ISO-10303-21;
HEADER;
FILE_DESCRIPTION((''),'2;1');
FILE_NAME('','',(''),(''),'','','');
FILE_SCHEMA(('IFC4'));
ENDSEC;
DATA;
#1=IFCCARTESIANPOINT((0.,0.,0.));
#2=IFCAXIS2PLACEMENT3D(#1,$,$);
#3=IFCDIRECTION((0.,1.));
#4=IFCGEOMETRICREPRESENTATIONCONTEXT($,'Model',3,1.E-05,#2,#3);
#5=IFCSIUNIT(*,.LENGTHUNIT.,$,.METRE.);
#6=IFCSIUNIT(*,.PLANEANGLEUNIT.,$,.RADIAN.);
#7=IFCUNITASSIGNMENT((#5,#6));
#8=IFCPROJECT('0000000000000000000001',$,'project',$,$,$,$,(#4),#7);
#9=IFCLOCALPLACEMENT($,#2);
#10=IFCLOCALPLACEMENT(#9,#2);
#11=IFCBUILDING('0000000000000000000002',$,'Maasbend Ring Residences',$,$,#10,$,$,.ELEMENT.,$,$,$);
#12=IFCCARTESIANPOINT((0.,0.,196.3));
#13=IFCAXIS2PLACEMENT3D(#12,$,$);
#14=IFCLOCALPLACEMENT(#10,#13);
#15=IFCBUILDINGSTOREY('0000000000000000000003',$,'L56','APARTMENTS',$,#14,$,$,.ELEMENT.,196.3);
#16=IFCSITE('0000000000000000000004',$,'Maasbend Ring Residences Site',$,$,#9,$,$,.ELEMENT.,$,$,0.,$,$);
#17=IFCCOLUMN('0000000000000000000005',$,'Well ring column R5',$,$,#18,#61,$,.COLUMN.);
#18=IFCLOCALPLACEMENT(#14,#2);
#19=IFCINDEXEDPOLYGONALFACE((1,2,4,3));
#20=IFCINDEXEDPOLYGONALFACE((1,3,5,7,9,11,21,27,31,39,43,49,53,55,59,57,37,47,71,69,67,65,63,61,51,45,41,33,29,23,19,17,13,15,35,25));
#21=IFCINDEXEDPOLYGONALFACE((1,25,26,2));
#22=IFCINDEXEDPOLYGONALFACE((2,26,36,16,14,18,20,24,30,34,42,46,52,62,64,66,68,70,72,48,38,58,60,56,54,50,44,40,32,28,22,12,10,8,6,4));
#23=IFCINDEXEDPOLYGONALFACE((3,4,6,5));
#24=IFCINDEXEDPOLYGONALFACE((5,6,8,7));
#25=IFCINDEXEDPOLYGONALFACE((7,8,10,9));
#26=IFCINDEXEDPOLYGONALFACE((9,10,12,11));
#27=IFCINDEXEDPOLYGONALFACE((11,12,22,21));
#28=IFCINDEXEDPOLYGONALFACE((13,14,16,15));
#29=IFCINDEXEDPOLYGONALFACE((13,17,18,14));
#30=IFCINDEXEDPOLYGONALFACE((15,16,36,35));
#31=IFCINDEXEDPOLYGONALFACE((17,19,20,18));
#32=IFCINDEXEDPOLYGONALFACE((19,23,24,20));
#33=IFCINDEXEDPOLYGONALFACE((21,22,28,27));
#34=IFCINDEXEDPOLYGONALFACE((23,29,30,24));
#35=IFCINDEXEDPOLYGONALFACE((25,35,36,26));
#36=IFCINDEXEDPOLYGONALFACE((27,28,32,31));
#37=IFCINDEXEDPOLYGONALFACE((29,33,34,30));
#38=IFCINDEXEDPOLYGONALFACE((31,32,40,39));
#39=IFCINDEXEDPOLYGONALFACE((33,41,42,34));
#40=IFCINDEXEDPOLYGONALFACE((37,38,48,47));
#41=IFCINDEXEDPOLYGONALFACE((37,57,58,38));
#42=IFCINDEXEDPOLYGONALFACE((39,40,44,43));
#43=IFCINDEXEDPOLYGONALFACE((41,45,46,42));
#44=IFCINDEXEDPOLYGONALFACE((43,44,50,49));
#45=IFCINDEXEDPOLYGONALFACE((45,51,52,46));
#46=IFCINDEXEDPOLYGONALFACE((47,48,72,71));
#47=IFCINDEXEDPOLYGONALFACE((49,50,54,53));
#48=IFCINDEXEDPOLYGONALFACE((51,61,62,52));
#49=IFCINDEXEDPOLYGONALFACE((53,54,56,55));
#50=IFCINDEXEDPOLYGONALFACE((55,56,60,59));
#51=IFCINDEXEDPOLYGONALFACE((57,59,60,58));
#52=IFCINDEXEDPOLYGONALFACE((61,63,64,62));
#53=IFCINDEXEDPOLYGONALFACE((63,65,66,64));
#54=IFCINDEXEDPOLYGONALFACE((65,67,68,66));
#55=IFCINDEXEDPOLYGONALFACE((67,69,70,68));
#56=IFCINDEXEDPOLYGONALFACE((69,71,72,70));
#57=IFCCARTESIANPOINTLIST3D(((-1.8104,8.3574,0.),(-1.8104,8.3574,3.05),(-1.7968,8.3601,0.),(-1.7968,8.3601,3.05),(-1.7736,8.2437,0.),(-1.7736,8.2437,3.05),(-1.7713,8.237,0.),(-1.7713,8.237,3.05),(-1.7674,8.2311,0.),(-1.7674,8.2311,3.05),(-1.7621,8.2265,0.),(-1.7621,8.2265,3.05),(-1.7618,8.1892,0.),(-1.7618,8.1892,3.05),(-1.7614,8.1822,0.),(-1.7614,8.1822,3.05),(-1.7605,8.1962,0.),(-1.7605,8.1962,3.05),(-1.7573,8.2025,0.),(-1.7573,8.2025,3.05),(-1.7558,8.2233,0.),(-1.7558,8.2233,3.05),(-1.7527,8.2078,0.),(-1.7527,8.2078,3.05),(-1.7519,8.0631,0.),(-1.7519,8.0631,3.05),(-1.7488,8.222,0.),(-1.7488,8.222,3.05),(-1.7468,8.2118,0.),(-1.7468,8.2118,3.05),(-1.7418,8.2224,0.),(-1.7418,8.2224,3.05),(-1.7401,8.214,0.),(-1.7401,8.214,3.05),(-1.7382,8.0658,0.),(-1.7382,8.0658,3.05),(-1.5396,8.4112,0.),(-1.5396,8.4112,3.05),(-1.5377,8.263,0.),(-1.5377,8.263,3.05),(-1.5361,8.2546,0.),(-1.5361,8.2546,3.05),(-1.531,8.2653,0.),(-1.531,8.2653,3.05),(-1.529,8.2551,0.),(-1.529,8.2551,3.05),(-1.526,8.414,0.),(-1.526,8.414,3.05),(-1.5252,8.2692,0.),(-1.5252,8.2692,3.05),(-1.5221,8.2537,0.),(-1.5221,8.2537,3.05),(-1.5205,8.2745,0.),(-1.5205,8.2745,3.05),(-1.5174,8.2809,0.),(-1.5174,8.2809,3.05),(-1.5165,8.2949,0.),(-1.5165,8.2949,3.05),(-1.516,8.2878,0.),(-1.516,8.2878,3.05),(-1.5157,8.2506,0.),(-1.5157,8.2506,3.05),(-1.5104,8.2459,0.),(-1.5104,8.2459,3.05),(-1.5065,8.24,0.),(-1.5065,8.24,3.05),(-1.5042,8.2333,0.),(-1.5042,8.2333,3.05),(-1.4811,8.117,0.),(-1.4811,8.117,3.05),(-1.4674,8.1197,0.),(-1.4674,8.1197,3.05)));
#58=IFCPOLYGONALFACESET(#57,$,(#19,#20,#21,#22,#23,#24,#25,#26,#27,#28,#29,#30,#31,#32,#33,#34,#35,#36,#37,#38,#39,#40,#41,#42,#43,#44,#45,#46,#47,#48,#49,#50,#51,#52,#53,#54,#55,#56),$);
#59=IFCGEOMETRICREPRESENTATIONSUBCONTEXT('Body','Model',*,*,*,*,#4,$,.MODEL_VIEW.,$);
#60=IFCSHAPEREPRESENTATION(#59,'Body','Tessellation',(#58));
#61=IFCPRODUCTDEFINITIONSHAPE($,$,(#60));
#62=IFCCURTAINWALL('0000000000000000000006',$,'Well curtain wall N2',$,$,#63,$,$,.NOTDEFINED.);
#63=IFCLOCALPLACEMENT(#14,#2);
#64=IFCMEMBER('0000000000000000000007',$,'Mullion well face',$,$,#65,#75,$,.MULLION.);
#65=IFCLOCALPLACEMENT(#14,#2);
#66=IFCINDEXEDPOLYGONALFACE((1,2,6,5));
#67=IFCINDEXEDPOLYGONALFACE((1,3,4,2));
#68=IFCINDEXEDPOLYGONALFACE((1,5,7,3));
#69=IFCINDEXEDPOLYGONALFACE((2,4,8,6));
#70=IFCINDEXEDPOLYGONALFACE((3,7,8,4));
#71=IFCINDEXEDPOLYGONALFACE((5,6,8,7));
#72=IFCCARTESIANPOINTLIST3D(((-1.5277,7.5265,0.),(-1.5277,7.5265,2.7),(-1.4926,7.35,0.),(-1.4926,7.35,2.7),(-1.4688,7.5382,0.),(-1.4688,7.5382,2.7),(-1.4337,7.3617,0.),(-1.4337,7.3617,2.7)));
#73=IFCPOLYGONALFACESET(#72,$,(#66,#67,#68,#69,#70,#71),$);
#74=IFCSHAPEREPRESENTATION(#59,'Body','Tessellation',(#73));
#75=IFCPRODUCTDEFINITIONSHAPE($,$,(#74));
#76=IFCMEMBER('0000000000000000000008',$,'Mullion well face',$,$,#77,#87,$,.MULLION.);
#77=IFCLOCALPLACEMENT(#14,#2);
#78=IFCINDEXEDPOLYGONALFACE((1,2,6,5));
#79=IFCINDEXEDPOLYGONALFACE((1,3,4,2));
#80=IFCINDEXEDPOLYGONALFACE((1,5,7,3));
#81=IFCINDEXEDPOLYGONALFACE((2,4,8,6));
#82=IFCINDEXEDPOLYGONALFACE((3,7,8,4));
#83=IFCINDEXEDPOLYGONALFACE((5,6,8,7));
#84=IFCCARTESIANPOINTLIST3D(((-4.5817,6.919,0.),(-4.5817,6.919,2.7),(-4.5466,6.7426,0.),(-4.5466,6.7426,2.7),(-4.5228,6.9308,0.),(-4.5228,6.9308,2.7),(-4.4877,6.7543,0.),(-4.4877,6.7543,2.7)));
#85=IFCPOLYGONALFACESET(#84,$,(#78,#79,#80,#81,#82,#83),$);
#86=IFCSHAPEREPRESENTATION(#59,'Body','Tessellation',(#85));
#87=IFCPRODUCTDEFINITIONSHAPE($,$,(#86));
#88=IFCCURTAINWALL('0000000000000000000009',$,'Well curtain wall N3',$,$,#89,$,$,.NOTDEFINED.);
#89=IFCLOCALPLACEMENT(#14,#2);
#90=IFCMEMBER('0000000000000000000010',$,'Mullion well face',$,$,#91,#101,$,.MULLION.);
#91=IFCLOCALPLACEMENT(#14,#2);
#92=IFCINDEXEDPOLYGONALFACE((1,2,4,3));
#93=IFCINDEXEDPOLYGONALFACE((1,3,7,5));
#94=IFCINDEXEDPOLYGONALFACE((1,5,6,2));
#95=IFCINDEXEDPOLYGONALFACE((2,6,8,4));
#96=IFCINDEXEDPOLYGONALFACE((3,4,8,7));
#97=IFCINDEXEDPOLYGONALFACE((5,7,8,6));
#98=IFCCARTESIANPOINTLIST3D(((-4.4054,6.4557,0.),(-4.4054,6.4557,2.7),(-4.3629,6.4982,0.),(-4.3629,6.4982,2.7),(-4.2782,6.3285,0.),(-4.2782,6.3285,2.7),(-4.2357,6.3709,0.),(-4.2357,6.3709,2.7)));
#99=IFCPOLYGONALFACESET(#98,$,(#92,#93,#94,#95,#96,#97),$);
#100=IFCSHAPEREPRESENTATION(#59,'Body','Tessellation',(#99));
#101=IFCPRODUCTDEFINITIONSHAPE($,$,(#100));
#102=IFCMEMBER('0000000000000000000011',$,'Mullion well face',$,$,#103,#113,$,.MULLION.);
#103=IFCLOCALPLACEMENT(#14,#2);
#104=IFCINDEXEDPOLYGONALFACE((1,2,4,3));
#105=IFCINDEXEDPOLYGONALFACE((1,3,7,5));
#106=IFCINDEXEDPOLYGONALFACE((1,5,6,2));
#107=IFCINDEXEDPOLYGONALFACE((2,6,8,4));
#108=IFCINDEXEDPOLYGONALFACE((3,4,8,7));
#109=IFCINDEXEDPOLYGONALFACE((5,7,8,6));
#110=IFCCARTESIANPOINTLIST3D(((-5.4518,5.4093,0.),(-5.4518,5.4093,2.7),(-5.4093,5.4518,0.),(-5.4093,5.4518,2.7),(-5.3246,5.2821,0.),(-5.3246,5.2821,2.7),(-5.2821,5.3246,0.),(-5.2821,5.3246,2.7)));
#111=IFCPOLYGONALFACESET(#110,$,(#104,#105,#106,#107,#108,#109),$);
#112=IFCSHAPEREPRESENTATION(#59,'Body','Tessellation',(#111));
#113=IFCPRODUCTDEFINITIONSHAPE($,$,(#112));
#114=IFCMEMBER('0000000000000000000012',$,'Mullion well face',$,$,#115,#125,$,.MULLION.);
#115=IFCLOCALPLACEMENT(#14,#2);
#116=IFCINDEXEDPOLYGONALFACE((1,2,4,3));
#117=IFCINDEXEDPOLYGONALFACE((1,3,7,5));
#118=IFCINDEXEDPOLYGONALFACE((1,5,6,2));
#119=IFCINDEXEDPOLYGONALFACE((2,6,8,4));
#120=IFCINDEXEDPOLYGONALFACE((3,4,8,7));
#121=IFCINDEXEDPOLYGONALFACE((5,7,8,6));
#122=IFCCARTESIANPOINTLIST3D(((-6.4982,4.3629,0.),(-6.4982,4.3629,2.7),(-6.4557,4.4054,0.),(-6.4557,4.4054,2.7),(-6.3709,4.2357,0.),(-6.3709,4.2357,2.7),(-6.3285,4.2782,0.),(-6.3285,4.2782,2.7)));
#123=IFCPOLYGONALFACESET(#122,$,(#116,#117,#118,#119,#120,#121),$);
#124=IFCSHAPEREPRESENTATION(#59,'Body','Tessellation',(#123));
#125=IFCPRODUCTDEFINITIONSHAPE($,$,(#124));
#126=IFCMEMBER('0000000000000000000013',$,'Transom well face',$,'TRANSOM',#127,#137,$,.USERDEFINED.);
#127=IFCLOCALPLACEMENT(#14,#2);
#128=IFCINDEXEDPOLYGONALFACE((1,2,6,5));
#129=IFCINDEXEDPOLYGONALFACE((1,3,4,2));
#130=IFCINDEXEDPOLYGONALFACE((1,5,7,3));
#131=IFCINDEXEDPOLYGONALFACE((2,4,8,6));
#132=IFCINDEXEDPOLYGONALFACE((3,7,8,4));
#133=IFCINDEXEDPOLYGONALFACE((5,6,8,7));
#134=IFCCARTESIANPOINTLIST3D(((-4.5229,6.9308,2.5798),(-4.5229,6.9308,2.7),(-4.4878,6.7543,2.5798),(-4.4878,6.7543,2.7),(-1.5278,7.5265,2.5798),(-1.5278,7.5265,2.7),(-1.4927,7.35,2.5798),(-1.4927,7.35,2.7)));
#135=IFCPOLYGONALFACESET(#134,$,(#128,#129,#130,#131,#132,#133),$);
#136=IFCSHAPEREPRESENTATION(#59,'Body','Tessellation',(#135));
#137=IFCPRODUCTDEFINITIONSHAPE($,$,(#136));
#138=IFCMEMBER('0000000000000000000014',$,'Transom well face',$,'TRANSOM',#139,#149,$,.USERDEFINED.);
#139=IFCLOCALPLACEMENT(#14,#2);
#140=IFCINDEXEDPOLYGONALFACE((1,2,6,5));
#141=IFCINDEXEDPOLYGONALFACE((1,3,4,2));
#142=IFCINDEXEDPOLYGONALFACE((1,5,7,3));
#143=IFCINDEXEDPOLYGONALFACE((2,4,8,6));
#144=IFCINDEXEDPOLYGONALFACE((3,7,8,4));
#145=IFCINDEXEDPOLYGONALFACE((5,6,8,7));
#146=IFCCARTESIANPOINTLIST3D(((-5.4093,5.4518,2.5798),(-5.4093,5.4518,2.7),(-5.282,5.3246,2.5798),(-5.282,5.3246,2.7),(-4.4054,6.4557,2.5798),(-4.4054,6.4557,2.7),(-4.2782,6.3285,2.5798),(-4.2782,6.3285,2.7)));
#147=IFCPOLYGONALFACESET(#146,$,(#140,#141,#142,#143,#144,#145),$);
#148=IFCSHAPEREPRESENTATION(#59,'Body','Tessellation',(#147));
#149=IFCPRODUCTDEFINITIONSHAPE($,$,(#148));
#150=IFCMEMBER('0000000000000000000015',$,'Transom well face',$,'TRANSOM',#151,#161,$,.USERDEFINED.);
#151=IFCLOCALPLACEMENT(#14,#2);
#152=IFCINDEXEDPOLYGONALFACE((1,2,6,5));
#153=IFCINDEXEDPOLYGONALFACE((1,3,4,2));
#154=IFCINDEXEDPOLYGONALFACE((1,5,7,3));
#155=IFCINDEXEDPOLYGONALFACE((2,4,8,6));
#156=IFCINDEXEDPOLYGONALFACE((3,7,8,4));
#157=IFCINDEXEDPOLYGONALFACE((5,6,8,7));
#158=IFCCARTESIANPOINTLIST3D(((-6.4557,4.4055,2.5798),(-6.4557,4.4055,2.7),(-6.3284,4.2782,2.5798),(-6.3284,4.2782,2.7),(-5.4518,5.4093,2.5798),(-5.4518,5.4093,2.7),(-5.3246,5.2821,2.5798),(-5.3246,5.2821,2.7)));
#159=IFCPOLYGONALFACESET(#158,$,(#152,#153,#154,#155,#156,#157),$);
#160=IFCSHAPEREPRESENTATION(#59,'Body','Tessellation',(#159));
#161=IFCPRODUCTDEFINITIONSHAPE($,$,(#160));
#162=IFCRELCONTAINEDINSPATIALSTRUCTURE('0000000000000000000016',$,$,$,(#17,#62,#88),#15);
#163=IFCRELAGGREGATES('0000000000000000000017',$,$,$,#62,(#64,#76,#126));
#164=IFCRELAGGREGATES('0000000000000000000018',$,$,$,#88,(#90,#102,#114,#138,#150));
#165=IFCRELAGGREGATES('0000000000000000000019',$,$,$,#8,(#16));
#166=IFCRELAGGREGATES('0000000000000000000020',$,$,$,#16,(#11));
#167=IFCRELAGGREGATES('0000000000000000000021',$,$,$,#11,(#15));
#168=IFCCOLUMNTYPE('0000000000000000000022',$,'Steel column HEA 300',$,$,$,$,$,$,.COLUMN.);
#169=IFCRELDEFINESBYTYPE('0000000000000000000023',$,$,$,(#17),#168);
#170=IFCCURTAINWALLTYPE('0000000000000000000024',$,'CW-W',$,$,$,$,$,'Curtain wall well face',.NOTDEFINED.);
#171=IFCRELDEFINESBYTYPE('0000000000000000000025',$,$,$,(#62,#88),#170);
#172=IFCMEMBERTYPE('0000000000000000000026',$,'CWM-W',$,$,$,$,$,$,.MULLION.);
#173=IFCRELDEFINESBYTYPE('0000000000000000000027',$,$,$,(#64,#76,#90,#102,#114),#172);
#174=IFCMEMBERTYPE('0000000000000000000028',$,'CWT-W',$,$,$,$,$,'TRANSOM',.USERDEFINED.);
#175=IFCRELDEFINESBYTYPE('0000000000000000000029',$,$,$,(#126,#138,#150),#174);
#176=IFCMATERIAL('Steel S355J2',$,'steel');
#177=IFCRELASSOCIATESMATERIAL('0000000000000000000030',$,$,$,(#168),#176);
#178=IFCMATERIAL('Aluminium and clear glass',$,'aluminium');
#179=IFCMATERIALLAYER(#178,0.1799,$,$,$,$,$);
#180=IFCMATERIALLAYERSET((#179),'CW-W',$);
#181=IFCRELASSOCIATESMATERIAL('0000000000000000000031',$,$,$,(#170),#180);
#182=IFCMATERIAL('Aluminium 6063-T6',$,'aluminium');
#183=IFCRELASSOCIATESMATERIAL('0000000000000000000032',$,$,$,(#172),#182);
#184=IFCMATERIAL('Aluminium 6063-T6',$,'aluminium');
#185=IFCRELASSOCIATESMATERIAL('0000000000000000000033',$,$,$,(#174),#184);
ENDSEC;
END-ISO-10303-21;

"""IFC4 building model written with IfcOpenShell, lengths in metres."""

from ifc_helpers import new_model, si_unit, direction, frame, origin, origin_2d, place, context, subcontext, project, spatial, rectangle, i_section, extrude, material, layer, layer_set, material_profile, profile_set, type_object, element, aggregate, save


model = new_model("IFC4")

# Units and contexts
model_context = context("Model", 3, precision=1e-05, world=origin(), true_north=direction((0.0, 1.0)))
body_context = subcontext(model_context, "Body", "Model", "MODEL_VIEW")
ifc_project = project(units=[si_unit("LENGTHUNIT", "METRE"), si_unit("PLANEANGLEUNIT", "RADIAN")], contexts=[model_context])

# Site, building, storey
site_placement = place(None, origin())
site = spatial("IfcSite", under=ifc_project, at=site_placement, Name="Maasbend Ring Residences Site", CompositionType="ELEMENT", RefElevation=0.0)
building_placement = place(site_placement, origin())
building = spatial("IfcBuilding", under=site, at=building_placement, Name="Maasbend Ring Residences", CompositionType="ELEMENT")
storey_placement = place(building_placement, frame((0.0, 0.0, 196.3)))
storey = spatial("IfcBuildingStorey", under=building, at=storey_placement, Name="L56", Description="APARTMENTS", CompositionType="ELEMENT", Elevation=196.3)

# Column
ifc_material_1 = material(Name="Steel S355J2", Category="steel")
ifc_material_profile_1 = material_profile(ifc_material_1, i_section(OverallWidth=0.3, OverallDepth=0.29, WebThickness=0.0085, FlangeThickness=0.0139, FilletRadius=0.0271, at=origin_2d()), Name="HEA 300")
ifc_profile_set_1 = profile_set([ifc_material_profile_1], Name="Steel S355J2")
column_type = type_object("IfcColumnType", Name="Steel column HEA 300", PredefinedType="COLUMN", material=ifc_profile_set_1)
column_placement = place(storey_placement, frame((-1.6389, 8.2385, 0.0), z_axis=(0.0, 0.0, 1.0), x_axis=(-0.19509, 0.980785, 0.0)))
element("IfcColumn", 1, at=column_placement, inside=storey, type_object=column_type, Name="Well ring column R5", PredefinedType="COLUMN", context=body_context, shape_type="SweptSolid", body=[
    extrude(i_section(OverallWidth=0.3, OverallDepth=0.29, WebThickness=0.0085, FlangeThickness=0.0139, FilletRadius=0.0271, at=origin_2d()), origin(), (0.0, 0.0, 1.0), 3.05),
])

# Curtain walls, members
ifc_material_2 = material(Name="Aluminium and clear glass", Category="aluminium")
ifc_layer_1 = layer(ifc_material_2, 0.1799)
ifc_layer_set_1 = layer_set([ifc_layer_1], Name="CW-W")
curtain_wall_type = type_object("IfcCurtainWallType", Name="CW-W", ElementType="Curtain wall well face", PredefinedType="NOTDEFINED", material=ifc_layer_set_1)
curtain_wall_1_placement = place(storey_placement, origin())
curtain_wall_1 = element("IfcCurtainWall", 2, at=curtain_wall_1_placement, inside=storey, type_object=curtain_wall_type, Name="Well curtain wall N2", PredefinedType="NOTDEFINED")
ifc_material_3 = material(Name="Aluminium 6063-T6", Category="aluminium")
ifc_material_profile_2 = material_profile(ifc_material_3, rectangle(XDim=0.1799, YDim=0.0601, at=origin_2d()), Name="AL 180x60")
ifc_profile_set_2 = profile_set([ifc_material_profile_2], Name="Aluminium 6063-T6")
member_type_1 = type_object("IfcMemberType", Name="CWM-W", PredefinedType="MULLION", material=ifc_profile_set_2)
member_1_placement = place(storey_placement, frame((-1.4807, 7.4441, 0.0), z_axis=(0.0, 0.0, 1.0), x_axis=(0.19509, -0.980785, 0.0)))
member_1 = element("IfcMember", 3, at=member_1_placement, type_object=member_type_1, Name="Mullion well face", PredefinedType="MULLION", context=body_context, shape_type="SweptSolid", body=[
    extrude(rectangle(XDim=0.1799, YDim=0.0601, at=origin_2d()), origin(), (0.0, 0.0, 1.0), 2.7),
])
member_2_placement = place(storey_placement, frame((-4.5347, 6.8367, 0.0), z_axis=(0.0, 0.0, 1.0), x_axis=(0.19509, -0.980785, 0.0)))
member_2 = element("IfcMember", 4, at=member_2_placement, type_object=member_type_1, Name="Mullion well face", PredefinedType="MULLION", context=body_context, shape_type="SweptSolid", body=[
    extrude(rectangle(XDim=0.1799, YDim=0.0601, at=origin_2d()), origin(), (0.0, 0.0, 1.0), 2.7),
])
curtain_wall_2_placement = place(storey_placement, origin())
curtain_wall_2 = element("IfcCurtainWall", 5, at=curtain_wall_2_placement, inside=storey, type_object=curtain_wall_type, Name="Well curtain wall N3", PredefinedType="NOTDEFINED")
member_3_placement = place(storey_placement, frame((-4.3206, 6.4133, 0.0), z_axis=(0.0, 0.0, 1.0), x_axis=(0.707107, -0.707107, 0.0)))
member_3 = element("IfcMember", 6, at=member_3_placement, type_object=member_type_1, Name="Mullion well face", PredefinedType="MULLION", context=body_context, shape_type="SweptSolid", body=[
    extrude(rectangle(XDim=0.1799, YDim=0.0601, at=origin_2d()), origin(), (0.0, 0.0, 1.0), 2.7),
])
member_4_placement = place(storey_placement, frame((-5.3669, 5.3669, 0.0), z_axis=(0.0, 0.0, 1.0), x_axis=(0.707107, -0.707107, 0.0)))
member_4 = element("IfcMember", 7, at=member_4_placement, type_object=member_type_1, Name="Mullion well face", PredefinedType="MULLION", context=body_context, shape_type="SweptSolid", body=[
    extrude(rectangle(XDim=0.1799, YDim=0.0601, at=origin_2d()), origin(), (0.0, 0.0, 1.0), 2.7),
])
member_5_placement = place(storey_placement, frame((-6.4133, 4.3206, 0.0), z_axis=(0.0, 0.0, 1.0), x_axis=(0.707107, -0.707107, 0.0)))
member_5 = element("IfcMember", 8, at=member_5_placement, type_object=member_type_1, Name="Mullion well face", PredefinedType="MULLION", context=body_context, shape_type="SweptSolid", body=[
    extrude(rectangle(XDim=0.1799, YDim=0.0601, at=origin_2d()), origin(), (0.0, 0.0, 1.0), 2.7),
])

# Members
ifc_material_4 = material(Name="Aluminium 6063-T6", Category="aluminium")
ifc_material_profile_3 = material_profile(ifc_material_4, rectangle(XDim=0.1799, YDim=0.1201, at=origin_2d()), Name="AL 180x120")
ifc_profile_set_3 = profile_set([ifc_material_profile_3], Name="Aluminium 6063-T6")
member_type_2 = type_object("IfcMemberType", Name="CWT-W", ElementType="TRANSOM", PredefinedType="USERDEFINED", material=ifc_profile_set_3)
member_6_placement = place(storey_placement, frame((-1.5103, 7.4382, 2.6399), z_axis=(-0.980789, -0.195071, 0.0), x_axis=(0.195071, -0.980789, 0.0)))
member_6 = element("IfcMember", 9, at=member_6_placement, type_object=member_type_2, Name="Transom well face", ObjectType="TRANSOM", PredefinedType="USERDEFINED", context=body_context, shape_type="SweptSolid", body=[
    extrude(rectangle(XDim=0.1799, YDim=0.1201, at=origin_2d()), origin(), (0.0, 0.0, 1.0), 3.0537),
])
member_7_placement = place(storey_placement, frame((-4.3418, 6.3921, 2.6399), z_axis=(-0.707107, -0.707107, 0.0), x_axis=(0.707107, -0.707107, 0.0)))
member_7 = element("IfcMember", 10, at=member_7_placement, type_object=member_type_2, Name="Transom well face", ObjectType="TRANSOM", PredefinedType="USERDEFINED", context=body_context, shape_type="SweptSolid", body=[
    extrude(rectangle(XDim=0.1799, YDim=0.1201, at=origin_2d()), origin(), (0.0, 0.0, 1.0), 1.4197),
])
member_8_placement = place(storey_placement, frame((-5.3882, 5.3457, 2.6399), z_axis=(-0.707107, -0.707107, 0.0), x_axis=(0.707107, -0.707107, 0.0)))
member_8 = element("IfcMember", 11, at=member_8_placement, type_object=member_type_2, Name="Transom well face", ObjectType="TRANSOM", PredefinedType="USERDEFINED", context=body_context, shape_type="SweptSolid", body=[
    extrude(rectangle(XDim=0.1799, YDim=0.1201, at=origin_2d()), origin(), (0.0, 0.0, 1.0), 1.4197),
])

aggregate(curtain_wall_1, [member_1, member_2, member_6])
aggregate(curtain_wall_2, [member_3, member_4, member_5, member_7, member_8])

save(model, "model.ifc")
